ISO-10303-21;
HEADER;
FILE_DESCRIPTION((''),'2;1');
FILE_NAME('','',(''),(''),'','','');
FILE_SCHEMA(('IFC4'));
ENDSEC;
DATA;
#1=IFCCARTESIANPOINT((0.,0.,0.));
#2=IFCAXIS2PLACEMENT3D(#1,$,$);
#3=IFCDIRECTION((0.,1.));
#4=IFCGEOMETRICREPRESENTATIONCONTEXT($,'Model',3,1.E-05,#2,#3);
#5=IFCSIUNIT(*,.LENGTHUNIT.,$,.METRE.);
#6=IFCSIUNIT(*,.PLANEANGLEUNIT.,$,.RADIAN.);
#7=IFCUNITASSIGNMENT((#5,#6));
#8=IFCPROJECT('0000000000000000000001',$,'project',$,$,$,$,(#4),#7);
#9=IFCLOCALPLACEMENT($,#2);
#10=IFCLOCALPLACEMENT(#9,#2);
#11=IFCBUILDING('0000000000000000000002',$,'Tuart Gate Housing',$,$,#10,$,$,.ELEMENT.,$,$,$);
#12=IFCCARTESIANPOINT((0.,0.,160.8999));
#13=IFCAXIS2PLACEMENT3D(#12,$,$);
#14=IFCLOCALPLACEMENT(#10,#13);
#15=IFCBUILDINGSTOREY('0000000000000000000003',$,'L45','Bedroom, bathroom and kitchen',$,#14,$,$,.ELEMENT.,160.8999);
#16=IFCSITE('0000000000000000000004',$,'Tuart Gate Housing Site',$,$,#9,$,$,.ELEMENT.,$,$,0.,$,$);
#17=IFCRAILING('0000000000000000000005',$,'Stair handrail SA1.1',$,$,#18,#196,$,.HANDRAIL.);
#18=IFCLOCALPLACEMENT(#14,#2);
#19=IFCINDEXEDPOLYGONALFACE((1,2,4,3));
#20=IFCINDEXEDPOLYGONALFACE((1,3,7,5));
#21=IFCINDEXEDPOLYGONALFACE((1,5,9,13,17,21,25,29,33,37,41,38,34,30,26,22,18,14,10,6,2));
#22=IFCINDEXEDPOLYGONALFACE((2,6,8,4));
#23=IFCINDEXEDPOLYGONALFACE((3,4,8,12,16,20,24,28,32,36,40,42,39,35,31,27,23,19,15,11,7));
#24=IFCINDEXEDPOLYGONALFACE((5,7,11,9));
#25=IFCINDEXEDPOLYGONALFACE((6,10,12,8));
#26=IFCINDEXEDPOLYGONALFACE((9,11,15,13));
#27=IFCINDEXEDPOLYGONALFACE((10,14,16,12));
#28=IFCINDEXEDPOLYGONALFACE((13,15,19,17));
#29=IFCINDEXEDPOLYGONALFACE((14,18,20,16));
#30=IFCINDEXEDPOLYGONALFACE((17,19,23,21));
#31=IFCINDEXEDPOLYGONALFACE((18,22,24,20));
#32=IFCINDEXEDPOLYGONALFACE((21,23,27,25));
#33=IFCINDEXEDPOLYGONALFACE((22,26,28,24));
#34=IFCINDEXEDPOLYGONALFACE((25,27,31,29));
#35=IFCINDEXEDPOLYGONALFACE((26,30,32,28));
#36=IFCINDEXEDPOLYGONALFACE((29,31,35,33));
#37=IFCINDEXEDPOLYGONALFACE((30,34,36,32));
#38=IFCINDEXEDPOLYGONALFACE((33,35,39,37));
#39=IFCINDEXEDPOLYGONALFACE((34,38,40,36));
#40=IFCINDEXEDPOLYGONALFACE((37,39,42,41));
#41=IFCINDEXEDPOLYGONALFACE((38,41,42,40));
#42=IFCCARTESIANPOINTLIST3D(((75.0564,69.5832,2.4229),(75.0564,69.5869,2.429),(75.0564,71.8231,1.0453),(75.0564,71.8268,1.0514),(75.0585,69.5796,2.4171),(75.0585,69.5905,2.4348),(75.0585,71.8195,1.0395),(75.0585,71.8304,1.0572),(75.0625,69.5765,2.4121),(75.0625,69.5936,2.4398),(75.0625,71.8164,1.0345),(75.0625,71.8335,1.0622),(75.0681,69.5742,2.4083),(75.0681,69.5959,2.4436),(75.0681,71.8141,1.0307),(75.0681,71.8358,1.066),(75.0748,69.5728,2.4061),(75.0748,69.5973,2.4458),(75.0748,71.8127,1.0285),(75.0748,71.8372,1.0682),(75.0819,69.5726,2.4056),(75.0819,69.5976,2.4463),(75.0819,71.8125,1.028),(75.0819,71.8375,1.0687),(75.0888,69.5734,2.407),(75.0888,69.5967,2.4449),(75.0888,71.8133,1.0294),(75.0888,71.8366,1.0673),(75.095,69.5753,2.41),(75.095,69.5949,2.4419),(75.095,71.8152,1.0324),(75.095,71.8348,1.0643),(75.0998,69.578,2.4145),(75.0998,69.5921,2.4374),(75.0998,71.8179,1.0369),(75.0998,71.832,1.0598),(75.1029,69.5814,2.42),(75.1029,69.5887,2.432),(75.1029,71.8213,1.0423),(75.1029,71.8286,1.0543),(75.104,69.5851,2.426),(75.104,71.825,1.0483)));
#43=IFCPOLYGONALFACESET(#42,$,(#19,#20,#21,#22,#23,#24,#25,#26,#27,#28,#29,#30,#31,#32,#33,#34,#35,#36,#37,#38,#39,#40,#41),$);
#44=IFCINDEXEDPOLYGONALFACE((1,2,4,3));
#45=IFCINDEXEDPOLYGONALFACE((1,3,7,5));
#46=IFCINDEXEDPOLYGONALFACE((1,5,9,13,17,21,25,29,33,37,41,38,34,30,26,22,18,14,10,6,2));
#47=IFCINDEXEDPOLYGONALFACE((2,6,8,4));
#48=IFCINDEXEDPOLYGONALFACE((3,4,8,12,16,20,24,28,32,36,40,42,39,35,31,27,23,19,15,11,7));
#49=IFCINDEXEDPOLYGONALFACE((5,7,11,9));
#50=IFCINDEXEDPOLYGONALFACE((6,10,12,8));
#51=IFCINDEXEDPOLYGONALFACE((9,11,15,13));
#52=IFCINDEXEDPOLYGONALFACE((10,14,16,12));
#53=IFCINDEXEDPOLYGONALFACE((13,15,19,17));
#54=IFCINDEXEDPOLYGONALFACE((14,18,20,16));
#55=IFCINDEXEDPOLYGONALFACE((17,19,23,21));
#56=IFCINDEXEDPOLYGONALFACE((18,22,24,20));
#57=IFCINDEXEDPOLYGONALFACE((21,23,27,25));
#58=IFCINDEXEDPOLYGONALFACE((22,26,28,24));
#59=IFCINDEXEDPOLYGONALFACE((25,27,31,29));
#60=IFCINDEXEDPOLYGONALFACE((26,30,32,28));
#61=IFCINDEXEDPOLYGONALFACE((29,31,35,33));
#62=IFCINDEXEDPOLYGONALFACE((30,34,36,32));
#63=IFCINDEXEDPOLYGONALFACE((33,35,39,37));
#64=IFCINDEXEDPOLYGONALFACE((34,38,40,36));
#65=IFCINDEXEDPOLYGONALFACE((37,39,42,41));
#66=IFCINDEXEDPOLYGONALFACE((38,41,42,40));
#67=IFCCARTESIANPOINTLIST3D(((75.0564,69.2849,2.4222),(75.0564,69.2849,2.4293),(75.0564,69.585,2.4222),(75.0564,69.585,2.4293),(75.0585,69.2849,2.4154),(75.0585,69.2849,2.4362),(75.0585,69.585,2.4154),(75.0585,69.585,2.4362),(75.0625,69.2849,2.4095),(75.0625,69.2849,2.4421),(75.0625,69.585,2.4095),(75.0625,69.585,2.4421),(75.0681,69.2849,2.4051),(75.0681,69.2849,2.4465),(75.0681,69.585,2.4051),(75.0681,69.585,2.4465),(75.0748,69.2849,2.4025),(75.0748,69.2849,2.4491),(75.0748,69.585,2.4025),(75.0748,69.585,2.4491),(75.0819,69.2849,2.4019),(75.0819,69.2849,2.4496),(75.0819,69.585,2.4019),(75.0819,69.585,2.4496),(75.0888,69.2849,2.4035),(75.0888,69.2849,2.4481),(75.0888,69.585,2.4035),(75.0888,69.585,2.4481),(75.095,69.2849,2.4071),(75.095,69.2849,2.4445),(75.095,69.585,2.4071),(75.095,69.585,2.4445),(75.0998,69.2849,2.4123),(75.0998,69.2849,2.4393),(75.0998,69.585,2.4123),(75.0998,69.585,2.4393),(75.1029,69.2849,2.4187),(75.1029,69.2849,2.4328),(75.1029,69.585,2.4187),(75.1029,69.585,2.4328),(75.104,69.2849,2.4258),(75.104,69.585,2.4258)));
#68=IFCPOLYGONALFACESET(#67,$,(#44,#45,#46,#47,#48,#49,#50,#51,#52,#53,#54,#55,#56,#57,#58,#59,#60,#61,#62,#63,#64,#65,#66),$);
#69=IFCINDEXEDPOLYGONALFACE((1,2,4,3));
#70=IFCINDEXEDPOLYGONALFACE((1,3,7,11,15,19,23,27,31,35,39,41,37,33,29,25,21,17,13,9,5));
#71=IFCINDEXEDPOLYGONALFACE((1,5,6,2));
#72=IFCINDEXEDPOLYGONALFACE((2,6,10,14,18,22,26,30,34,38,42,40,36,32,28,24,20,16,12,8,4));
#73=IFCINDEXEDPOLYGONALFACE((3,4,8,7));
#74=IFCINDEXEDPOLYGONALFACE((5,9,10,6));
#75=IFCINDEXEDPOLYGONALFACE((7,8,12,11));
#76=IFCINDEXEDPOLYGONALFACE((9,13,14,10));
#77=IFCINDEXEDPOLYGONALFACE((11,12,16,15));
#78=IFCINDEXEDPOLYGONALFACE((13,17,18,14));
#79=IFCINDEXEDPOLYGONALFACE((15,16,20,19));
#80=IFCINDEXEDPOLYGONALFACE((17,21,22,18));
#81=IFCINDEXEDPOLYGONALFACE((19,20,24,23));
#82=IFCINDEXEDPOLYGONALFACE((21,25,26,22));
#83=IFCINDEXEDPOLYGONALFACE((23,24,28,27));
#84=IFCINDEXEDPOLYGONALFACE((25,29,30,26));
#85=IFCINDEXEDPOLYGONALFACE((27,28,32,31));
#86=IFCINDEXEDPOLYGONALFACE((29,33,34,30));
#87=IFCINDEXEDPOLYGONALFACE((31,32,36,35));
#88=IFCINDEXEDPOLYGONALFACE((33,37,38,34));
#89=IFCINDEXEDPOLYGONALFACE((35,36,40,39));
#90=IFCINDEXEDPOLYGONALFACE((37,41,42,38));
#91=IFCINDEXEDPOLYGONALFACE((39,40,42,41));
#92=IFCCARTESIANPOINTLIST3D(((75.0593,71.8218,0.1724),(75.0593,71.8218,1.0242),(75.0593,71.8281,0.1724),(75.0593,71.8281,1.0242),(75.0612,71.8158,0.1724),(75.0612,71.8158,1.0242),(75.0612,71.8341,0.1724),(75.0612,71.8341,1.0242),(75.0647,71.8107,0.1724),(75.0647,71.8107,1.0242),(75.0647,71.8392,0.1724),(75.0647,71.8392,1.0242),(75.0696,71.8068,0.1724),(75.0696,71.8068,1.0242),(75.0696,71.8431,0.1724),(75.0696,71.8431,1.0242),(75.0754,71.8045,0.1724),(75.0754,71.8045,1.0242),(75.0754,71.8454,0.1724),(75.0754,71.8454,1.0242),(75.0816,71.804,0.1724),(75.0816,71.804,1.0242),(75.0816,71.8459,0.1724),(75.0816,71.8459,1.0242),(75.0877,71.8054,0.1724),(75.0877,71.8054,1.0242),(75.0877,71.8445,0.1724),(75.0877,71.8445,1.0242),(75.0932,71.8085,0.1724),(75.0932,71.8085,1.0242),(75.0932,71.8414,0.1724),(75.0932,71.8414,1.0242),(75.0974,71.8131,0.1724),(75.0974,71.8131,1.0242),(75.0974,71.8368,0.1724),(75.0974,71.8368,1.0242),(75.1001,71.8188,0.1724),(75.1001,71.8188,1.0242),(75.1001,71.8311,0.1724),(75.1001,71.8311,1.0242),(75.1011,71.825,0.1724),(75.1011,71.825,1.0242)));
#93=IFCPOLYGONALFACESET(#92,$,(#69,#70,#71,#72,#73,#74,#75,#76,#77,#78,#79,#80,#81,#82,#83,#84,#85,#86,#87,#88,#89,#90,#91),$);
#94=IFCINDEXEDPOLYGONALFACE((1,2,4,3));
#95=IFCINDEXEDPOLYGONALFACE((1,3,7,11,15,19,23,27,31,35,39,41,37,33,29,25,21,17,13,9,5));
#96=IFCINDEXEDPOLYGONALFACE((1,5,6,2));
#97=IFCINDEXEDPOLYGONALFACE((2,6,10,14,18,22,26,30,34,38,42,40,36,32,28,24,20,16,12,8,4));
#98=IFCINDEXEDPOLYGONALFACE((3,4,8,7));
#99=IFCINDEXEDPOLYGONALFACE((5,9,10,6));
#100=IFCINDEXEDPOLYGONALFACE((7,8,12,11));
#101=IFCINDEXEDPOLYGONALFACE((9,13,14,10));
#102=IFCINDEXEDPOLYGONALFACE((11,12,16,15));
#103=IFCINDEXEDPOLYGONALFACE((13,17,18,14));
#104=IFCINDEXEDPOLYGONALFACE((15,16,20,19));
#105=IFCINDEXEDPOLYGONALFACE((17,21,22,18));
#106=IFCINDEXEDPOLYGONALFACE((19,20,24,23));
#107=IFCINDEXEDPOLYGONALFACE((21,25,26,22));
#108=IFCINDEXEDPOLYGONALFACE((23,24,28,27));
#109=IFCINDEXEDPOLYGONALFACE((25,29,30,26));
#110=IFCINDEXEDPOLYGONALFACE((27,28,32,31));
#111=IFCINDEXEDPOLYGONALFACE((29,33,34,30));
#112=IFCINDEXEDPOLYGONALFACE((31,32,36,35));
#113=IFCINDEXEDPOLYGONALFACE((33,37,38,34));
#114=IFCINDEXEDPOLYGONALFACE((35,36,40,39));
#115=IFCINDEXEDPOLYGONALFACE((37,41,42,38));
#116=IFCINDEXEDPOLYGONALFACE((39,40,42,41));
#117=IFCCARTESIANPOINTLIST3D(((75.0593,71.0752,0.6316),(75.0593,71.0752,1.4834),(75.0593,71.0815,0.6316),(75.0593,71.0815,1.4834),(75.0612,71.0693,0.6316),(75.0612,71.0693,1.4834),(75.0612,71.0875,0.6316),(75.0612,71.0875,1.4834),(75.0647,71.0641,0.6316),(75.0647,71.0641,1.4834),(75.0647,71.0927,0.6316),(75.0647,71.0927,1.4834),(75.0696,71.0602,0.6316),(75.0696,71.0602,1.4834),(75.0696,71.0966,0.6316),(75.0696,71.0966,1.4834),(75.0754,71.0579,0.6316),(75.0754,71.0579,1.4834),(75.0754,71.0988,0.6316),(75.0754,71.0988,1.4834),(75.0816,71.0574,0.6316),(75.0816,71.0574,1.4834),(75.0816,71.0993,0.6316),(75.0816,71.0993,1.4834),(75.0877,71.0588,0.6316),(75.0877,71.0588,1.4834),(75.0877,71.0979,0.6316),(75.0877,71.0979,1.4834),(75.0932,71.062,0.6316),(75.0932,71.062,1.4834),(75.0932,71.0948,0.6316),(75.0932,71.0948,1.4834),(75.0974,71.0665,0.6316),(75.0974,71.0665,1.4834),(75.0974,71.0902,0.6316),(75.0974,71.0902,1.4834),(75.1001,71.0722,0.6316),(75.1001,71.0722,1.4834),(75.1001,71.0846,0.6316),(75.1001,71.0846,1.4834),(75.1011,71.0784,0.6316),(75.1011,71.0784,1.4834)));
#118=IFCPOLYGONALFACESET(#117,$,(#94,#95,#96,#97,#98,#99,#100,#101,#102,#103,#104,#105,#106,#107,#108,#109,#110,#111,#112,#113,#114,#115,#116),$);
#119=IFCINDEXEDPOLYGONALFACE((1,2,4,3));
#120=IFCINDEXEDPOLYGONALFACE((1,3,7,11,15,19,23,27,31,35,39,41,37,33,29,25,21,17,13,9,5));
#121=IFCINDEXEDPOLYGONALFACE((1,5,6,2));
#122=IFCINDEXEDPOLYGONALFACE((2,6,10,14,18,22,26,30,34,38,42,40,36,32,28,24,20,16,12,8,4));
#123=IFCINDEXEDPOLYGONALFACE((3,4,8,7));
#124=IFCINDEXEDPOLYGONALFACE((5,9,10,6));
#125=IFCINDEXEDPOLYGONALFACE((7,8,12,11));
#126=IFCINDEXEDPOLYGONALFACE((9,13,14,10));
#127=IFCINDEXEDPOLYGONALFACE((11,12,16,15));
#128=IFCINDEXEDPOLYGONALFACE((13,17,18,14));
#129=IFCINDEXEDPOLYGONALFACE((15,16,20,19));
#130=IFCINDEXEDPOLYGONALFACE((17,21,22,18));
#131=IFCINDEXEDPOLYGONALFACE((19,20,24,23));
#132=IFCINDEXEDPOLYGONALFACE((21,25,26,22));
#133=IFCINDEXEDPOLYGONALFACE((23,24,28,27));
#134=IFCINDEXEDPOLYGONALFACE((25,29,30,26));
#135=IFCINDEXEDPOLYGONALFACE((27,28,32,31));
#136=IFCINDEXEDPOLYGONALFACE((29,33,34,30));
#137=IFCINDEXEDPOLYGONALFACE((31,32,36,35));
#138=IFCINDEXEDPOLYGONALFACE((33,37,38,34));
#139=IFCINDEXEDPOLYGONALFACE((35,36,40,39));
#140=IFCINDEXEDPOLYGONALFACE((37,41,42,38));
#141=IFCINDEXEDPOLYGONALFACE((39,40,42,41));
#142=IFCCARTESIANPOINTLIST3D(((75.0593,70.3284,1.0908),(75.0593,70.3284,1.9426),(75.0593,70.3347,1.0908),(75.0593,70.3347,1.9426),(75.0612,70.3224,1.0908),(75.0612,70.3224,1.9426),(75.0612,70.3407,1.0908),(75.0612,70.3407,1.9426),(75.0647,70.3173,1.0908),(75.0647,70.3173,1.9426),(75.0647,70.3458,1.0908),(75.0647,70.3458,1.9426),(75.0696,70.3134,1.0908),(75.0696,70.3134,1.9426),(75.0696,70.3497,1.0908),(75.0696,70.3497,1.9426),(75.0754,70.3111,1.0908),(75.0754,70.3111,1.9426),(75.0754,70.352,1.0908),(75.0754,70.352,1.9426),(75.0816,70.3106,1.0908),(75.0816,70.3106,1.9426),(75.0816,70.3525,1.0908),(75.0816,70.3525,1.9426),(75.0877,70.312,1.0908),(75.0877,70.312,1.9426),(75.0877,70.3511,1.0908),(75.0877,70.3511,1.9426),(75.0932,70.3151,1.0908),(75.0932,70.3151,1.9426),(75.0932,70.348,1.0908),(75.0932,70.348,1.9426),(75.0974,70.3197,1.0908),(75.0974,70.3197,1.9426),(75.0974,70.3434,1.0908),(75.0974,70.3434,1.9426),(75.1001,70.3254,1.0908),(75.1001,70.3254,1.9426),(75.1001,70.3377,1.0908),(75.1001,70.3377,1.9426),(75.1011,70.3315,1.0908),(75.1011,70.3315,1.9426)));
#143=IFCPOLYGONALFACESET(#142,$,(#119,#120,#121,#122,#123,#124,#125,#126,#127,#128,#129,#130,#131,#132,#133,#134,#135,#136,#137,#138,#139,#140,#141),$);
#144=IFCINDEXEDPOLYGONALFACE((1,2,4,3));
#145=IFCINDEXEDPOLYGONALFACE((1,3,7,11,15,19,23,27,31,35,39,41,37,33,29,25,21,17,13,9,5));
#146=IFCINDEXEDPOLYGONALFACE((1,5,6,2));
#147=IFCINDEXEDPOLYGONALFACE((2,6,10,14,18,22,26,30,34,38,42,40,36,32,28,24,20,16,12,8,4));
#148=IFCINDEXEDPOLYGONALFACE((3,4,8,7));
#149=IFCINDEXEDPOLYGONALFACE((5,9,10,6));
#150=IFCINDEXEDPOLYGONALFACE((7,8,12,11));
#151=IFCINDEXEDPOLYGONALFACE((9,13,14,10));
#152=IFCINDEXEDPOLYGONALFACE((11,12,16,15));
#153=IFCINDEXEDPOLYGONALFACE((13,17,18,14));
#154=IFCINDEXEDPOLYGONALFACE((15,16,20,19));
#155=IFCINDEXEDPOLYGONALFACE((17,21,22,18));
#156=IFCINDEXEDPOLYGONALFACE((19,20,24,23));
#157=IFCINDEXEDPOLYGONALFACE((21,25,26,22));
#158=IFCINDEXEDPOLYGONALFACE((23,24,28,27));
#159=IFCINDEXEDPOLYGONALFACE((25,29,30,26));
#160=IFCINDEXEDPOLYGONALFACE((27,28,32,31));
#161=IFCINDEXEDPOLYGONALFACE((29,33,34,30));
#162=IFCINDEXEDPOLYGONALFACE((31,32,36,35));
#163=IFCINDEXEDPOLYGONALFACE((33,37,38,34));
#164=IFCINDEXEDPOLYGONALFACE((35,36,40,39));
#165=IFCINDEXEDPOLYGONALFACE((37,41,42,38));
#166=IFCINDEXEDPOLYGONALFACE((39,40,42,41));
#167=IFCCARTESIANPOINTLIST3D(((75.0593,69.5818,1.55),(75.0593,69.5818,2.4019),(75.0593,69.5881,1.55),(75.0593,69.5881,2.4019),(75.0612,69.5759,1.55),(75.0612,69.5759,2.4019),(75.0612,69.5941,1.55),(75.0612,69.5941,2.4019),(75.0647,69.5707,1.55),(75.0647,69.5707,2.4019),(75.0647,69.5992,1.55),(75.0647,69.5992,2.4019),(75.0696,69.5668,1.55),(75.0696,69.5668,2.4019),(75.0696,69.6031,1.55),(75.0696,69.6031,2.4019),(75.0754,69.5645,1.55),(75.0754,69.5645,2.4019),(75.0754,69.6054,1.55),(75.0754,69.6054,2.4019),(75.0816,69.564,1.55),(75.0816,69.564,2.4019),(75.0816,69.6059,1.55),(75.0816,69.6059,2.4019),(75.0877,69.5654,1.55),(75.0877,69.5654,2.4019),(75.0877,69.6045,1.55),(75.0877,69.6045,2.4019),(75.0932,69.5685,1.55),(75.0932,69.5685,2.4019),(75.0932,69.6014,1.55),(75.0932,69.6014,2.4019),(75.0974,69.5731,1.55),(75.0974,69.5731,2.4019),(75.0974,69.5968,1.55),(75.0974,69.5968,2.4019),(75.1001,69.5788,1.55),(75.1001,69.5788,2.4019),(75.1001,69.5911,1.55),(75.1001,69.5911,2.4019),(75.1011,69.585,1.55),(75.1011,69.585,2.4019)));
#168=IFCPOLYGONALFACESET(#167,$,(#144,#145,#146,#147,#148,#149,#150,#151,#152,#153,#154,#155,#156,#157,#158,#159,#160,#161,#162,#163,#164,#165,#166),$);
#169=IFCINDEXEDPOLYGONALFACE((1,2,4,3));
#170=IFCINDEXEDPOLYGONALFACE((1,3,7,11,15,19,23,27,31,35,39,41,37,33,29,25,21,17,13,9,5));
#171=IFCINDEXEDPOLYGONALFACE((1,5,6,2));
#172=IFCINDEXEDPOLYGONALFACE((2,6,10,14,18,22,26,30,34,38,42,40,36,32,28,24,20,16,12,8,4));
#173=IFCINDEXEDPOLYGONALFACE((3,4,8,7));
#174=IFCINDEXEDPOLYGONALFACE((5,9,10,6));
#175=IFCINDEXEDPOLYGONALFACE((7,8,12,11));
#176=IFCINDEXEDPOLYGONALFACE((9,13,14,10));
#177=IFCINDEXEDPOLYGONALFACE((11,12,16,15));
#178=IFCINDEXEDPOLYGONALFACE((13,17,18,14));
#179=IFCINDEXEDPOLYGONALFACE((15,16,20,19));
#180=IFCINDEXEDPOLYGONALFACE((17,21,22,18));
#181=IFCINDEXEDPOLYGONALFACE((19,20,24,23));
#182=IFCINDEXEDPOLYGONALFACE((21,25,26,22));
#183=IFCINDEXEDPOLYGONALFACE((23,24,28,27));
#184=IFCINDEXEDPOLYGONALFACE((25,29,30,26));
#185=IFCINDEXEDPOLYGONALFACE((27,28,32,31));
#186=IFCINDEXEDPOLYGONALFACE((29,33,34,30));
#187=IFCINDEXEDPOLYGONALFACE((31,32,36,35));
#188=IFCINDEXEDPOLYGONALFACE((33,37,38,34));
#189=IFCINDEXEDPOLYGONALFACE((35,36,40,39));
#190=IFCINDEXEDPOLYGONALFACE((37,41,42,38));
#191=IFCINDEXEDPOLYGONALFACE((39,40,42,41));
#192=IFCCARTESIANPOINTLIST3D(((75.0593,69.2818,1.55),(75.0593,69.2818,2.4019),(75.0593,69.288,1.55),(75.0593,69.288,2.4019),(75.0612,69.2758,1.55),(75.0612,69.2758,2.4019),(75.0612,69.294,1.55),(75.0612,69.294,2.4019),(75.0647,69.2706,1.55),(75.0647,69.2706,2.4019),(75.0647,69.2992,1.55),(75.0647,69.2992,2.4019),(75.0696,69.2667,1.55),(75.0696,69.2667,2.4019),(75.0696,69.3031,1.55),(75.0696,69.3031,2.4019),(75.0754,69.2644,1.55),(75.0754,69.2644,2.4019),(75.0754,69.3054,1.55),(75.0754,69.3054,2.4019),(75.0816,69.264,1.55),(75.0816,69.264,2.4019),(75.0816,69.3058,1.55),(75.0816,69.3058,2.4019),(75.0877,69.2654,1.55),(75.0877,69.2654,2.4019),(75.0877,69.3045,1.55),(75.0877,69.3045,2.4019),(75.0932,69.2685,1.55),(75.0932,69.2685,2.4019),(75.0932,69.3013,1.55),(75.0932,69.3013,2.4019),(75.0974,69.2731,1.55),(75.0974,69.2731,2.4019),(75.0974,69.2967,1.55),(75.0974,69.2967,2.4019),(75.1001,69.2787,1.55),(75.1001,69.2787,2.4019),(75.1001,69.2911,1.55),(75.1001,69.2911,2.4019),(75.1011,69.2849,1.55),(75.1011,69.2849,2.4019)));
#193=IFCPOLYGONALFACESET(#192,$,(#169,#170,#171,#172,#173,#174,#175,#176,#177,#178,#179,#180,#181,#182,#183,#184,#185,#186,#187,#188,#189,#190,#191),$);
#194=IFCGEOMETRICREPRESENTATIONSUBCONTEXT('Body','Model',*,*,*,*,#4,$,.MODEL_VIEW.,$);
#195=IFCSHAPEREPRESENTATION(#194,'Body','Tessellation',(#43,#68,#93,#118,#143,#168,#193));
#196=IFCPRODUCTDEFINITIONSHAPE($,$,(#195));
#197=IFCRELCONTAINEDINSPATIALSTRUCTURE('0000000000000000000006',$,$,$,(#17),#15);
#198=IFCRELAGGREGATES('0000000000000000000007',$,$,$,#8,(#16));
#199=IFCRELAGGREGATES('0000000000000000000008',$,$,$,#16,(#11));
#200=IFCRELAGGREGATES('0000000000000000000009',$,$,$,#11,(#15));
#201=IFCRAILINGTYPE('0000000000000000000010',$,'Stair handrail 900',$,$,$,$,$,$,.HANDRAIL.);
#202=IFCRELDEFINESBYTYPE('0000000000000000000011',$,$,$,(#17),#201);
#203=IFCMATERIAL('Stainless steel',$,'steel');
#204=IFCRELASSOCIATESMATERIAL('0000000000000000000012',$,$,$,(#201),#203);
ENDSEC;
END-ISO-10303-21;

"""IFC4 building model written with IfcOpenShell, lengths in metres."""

from ifc_helpers import new_model, si_unit, direction, frame, origin, origin_2d, place, context, subcontext, project, spatial, circle, extrude, material, type_object, element, save


model = new_model("IFC4")

# Units and contexts
model_context = context("Model", 3, precision=1e-05, world=origin(), true_north=direction((0.0, 1.0)))
body_context = subcontext(model_context, "Body", "Model", "MODEL_VIEW")
ifc_project = project(units=[si_unit("LENGTHUNIT", "METRE"), si_unit("PLANEANGLEUNIT", "RADIAN")], contexts=[model_context])

# Site, building, storey
site_placement = place(None, origin())
site = spatial("IfcSite", under=ifc_project, at=site_placement, Name="Tuart Gate Housing Site", CompositionType="ELEMENT", RefElevation=0.0)
building_placement = place(site_placement, origin())
building = spatial("IfcBuilding", under=site, at=building_placement, Name="Tuart Gate Housing", CompositionType="ELEMENT")
storey_placement = place(building_placement, frame((0.0, 0.0, 160.8999)))
storey = spatial("IfcBuildingStorey", under=building, at=storey_placement, Name="L45", Description="Bedroom, bathroom and kitchen", CompositionType="ELEMENT", Elevation=160.8999)

# Railing
ifc_material_1 = material(Name="Stainless steel", Category="steel")
railing_type = type_object("IfcRailingType", Name="Stair handrail 900", PredefinedType="HANDRAIL", material=ifc_material_1)
railing_placement = place(storey_placement, frame((75.0801, 71.825, 0.1724)))
element("IfcRailing", 1, at=railing_placement, inside=storey, type_object=railing_type, Name="Stair handrail SA1.1", PredefinedType="HANDRAIL", context=body_context, shape_type="SweptSolid", body=[
    extrude(circle(Radius=0.0239, at=origin_2d()), frame((0.0, 0.0, 0.876), z_axis=(0.0, -0.851789, 0.523885), x_axis=(1.0, 0.0, 0.0)), (0.0, 0.0, 1.0), 2.6296),
    extrude(circle(Radius=0.0239, at=origin_2d()), frame((0.0, -2.24, 2.2534), z_axis=(0.0, -1.0, 0.0), x_axis=(1.0, 0.0, 0.0)), (0.0, 0.0, 1.0), 0.3),
    extrude(circle(Radius=0.021, at=origin_2d()), origin(), (0.0, 0.0, 1.0), 0.8518),
    extrude(circle(Radius=0.021, at=origin_2d()), frame((0.0, -0.7466, 0.4592)), (0.0, 0.0, 1.0), 0.8518),
    extrude(circle(Radius=0.021, at=origin_2d()), frame((0.0, -1.4934, 0.9185)), (0.0, 0.0, 1.0), 0.8518),
    extrude(circle(Radius=0.021, at=origin_2d()), frame((0.0, -2.24, 1.3777)), (0.0, 0.0, 1.0), 0.8518),
    extrude(circle(Radius=0.021, at=origin_2d()), frame((0.0, -2.54, 1.3777)), (0.0, 0.0, 1.0), 0.8518),
])

save(model, "model.ifc")
